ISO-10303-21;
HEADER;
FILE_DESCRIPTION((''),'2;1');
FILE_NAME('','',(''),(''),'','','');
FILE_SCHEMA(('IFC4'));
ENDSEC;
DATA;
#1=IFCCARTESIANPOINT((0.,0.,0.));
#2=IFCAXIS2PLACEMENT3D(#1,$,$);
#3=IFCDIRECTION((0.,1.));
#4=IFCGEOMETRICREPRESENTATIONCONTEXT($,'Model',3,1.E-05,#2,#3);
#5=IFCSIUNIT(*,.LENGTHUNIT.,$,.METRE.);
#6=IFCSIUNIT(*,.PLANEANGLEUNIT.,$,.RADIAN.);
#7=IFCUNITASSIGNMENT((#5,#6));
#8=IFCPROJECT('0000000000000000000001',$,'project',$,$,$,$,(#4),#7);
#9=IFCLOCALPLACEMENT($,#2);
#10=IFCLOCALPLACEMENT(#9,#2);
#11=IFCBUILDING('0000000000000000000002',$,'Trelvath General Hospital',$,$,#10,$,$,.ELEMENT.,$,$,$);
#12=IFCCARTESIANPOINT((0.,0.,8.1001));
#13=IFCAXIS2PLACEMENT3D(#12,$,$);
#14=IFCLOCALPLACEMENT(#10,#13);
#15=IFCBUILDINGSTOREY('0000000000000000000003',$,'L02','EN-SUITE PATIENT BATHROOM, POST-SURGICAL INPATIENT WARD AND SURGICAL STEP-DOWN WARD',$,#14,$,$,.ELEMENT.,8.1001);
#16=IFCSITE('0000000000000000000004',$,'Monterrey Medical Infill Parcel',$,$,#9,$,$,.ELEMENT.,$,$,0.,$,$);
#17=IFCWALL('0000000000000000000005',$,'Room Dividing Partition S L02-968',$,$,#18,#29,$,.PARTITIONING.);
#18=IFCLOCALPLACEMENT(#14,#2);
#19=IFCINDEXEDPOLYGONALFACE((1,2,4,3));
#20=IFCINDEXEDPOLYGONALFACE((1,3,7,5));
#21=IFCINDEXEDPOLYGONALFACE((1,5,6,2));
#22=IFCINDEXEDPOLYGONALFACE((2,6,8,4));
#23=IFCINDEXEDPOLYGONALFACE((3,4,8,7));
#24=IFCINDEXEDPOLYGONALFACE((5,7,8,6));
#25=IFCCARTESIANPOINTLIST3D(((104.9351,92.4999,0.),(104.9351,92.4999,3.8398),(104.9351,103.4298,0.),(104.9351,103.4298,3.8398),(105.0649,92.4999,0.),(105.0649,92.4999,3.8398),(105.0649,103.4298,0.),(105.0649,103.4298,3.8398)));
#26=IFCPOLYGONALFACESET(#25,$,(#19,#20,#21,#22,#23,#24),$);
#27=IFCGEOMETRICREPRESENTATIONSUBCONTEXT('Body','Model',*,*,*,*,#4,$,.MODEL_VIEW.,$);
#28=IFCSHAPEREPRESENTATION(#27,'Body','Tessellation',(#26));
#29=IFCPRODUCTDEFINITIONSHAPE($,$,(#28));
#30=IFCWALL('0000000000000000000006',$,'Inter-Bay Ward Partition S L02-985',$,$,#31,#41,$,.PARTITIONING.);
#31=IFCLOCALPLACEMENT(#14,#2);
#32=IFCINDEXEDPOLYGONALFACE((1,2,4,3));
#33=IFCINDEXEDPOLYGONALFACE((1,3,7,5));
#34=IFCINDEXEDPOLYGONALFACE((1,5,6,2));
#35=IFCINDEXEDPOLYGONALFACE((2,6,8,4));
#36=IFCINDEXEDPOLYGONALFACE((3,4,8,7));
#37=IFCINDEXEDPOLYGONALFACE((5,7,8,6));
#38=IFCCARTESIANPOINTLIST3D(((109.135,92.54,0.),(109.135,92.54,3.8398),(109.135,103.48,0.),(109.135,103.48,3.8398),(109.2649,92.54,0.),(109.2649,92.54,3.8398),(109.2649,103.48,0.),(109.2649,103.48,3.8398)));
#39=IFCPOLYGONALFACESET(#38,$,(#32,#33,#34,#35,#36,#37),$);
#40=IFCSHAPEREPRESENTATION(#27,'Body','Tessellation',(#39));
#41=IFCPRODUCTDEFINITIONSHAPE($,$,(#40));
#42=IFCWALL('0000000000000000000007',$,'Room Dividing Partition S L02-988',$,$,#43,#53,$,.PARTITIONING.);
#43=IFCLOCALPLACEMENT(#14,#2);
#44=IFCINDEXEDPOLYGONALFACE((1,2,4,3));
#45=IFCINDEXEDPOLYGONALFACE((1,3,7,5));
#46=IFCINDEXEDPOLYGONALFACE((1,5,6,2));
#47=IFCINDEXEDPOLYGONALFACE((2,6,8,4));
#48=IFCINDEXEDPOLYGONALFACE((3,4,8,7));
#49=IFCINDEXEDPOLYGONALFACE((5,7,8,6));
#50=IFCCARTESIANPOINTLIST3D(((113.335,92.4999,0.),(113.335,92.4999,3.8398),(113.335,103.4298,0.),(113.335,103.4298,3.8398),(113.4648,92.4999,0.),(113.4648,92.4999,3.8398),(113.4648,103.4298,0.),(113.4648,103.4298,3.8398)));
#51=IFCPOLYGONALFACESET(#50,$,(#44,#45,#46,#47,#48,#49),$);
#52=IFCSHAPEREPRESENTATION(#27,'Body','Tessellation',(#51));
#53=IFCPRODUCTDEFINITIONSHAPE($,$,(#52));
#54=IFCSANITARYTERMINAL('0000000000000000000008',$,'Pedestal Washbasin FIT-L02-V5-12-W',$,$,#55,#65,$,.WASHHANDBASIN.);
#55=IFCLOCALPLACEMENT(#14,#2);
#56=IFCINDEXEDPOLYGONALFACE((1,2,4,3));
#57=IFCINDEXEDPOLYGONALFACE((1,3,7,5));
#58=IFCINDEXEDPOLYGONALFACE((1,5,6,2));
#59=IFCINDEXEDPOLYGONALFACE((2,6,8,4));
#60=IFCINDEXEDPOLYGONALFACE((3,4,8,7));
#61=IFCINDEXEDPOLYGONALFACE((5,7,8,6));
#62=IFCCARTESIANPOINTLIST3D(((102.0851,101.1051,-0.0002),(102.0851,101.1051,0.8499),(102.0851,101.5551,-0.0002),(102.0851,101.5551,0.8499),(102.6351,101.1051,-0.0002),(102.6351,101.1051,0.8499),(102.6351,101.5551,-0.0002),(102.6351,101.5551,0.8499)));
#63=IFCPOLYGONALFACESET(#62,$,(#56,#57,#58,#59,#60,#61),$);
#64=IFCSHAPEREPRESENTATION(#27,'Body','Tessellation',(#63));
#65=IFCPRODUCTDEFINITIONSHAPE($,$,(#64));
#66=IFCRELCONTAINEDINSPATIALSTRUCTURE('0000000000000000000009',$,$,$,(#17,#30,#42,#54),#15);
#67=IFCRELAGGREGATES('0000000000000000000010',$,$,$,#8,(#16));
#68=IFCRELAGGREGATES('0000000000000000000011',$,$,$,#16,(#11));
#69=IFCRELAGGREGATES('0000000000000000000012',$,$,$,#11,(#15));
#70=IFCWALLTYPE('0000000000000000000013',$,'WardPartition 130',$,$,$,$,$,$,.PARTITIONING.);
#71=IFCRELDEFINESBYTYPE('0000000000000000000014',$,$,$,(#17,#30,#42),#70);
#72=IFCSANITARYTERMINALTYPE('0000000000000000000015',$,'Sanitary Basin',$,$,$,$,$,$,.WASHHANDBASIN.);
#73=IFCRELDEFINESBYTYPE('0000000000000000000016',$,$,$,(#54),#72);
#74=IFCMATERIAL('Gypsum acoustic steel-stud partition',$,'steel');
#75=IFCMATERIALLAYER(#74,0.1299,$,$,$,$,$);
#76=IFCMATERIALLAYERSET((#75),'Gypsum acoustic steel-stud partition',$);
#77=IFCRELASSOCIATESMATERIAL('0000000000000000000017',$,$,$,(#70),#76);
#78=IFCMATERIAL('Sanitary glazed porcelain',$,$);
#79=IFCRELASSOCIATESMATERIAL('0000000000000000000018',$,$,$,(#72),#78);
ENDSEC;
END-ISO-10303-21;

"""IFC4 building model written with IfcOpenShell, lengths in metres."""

from ifc_helpers import new_model, si_unit, direction, frame, frame_2d, origin, origin_2d, place, context, subcontext, project, spatial, rectangle, extrude, material, layer, layer_set, type_object, element, save


model = new_model("IFC4")

# Units and contexts
model_context = context("Model", 3, precision=1e-05, world=origin(), true_north=direction((0.0, 1.0)))
body_context = subcontext(model_context, "Body", "Model", "MODEL_VIEW")
ifc_project = project(units=[si_unit("LENGTHUNIT", "METRE"), si_unit("PLANEANGLEUNIT", "RADIAN")], contexts=[model_context])

# Site, building, storey
site_placement = place(None, origin())
site = spatial("IfcSite", under=ifc_project, at=site_placement, Name="Monterrey Medical Infill Parcel", CompositionType="ELEMENT", RefElevation=0.0)
building_placement = place(site_placement, origin())
building = spatial("IfcBuilding", under=site, at=building_placement, Name="Trelvath General Hospital", CompositionType="ELEMENT")
storey_placement = place(building_placement, frame((0.0, 0.0, 8.1001)))
storey = spatial("IfcBuildingStorey", under=building, at=storey_placement, Name="L02", Description="EN-SUITE PATIENT BATHROOM, POST-SURGICAL INPATIENT WARD AND SURGICAL STEP-DOWN WARD", CompositionType="ELEMENT", Elevation=8.1001)

# Walls
ifc_material_1 = material(Name="Gypsum acoustic steel-stud partition", Category="steel")
ifc_layer_1 = layer(ifc_material_1, 0.1299)
ifc_layer_set_1 = layer_set([ifc_layer_1], Name="Gypsum acoustic steel-stud partition")
wall_type_1 = type_object("IfcWallType", Name="WardPartition 130", PredefinedType="PARTITIONING", material=ifc_layer_set_1)
wall_1_placement = place(storey_placement, frame((105.0, 92.5, 0.0), z_axis=(0.0, 0.0, 1.0), x_axis=(0.0, 1.0, 0.0)))
element("IfcWall", 1, at=wall_1_placement, inside=storey, type_object=wall_type_1, Name="Room Dividing Partition S L02-968", PredefinedType="PARTITIONING", context=body_context, shape_type="SweptSolid", body=[
    extrude(rectangle(XDim=10.9299, YDim=0.1299, at=frame_2d((5.4648, 0.0))), origin(), (0.0, 0.0, 1.0), 3.8398),
])
wall_2_placement = place(storey_placement, frame((109.2, 92.54, 0.0), z_axis=(0.0, 0.0, 1.0), x_axis=(0.0, 1.0, 0.0)))
element("IfcWall", 2, at=wall_2_placement, inside=storey, type_object=wall_type_1, Name="Inter-Bay Ward Partition S L02-985", PredefinedType="PARTITIONING", context=body_context, shape_type="SweptSolid", body=[
    extrude(rectangle(XDim=10.9399, YDim=0.1299, at=frame_2d((5.47, 0.0))), origin(), (0.0, 0.0, 1.0), 3.8398),
])
wall_3_placement = place(storey_placement, frame((113.3999, 92.5, 0.0), z_axis=(0.0, 0.0, 1.0), x_axis=(0.0, 1.0, 0.0)))
element("IfcWall", 3, at=wall_3_placement, inside=storey, type_object=wall_type_1, Name="Room Dividing Partition S L02-988", PredefinedType="PARTITIONING", context=body_context, shape_type="SweptSolid", body=[
    extrude(rectangle(XDim=10.9299, YDim=0.1299, at=frame_2d((5.4648, 0.0))), origin(), (0.0, 0.0, 1.0), 3.8398),
])

# Sanitary terminal
ifc_material_2 = material(Name="Sanitary glazed porcelain")
sanitary_terminal_type = type_object("IfcSanitaryTerminalType", Name="Sanitary Basin", PredefinedType="WASHHANDBASIN", material=ifc_material_2)
sanitary_terminal_placement = place(storey_placement, frame((102.3601, 101.3301, -0.0002), z_axis=(0.0, 0.0, 1.0), x_axis=(1.0, 0.0, 0.0)))
element("IfcSanitaryTerminal", 4, at=sanitary_terminal_placement, inside=storey, type_object=sanitary_terminal_type, Name="Pedestal Washbasin FIT-L02-V5-12-W", PredefinedType="WASHHANDBASIN", context=body_context, shape_type="SweptSolid", body=[
    extrude(rectangle(XDim=0.55, YDim=0.45, at=origin_2d()), origin(), (0.0, 0.0, 1.0), 0.8501),
])

save(model, "model.ifc")
